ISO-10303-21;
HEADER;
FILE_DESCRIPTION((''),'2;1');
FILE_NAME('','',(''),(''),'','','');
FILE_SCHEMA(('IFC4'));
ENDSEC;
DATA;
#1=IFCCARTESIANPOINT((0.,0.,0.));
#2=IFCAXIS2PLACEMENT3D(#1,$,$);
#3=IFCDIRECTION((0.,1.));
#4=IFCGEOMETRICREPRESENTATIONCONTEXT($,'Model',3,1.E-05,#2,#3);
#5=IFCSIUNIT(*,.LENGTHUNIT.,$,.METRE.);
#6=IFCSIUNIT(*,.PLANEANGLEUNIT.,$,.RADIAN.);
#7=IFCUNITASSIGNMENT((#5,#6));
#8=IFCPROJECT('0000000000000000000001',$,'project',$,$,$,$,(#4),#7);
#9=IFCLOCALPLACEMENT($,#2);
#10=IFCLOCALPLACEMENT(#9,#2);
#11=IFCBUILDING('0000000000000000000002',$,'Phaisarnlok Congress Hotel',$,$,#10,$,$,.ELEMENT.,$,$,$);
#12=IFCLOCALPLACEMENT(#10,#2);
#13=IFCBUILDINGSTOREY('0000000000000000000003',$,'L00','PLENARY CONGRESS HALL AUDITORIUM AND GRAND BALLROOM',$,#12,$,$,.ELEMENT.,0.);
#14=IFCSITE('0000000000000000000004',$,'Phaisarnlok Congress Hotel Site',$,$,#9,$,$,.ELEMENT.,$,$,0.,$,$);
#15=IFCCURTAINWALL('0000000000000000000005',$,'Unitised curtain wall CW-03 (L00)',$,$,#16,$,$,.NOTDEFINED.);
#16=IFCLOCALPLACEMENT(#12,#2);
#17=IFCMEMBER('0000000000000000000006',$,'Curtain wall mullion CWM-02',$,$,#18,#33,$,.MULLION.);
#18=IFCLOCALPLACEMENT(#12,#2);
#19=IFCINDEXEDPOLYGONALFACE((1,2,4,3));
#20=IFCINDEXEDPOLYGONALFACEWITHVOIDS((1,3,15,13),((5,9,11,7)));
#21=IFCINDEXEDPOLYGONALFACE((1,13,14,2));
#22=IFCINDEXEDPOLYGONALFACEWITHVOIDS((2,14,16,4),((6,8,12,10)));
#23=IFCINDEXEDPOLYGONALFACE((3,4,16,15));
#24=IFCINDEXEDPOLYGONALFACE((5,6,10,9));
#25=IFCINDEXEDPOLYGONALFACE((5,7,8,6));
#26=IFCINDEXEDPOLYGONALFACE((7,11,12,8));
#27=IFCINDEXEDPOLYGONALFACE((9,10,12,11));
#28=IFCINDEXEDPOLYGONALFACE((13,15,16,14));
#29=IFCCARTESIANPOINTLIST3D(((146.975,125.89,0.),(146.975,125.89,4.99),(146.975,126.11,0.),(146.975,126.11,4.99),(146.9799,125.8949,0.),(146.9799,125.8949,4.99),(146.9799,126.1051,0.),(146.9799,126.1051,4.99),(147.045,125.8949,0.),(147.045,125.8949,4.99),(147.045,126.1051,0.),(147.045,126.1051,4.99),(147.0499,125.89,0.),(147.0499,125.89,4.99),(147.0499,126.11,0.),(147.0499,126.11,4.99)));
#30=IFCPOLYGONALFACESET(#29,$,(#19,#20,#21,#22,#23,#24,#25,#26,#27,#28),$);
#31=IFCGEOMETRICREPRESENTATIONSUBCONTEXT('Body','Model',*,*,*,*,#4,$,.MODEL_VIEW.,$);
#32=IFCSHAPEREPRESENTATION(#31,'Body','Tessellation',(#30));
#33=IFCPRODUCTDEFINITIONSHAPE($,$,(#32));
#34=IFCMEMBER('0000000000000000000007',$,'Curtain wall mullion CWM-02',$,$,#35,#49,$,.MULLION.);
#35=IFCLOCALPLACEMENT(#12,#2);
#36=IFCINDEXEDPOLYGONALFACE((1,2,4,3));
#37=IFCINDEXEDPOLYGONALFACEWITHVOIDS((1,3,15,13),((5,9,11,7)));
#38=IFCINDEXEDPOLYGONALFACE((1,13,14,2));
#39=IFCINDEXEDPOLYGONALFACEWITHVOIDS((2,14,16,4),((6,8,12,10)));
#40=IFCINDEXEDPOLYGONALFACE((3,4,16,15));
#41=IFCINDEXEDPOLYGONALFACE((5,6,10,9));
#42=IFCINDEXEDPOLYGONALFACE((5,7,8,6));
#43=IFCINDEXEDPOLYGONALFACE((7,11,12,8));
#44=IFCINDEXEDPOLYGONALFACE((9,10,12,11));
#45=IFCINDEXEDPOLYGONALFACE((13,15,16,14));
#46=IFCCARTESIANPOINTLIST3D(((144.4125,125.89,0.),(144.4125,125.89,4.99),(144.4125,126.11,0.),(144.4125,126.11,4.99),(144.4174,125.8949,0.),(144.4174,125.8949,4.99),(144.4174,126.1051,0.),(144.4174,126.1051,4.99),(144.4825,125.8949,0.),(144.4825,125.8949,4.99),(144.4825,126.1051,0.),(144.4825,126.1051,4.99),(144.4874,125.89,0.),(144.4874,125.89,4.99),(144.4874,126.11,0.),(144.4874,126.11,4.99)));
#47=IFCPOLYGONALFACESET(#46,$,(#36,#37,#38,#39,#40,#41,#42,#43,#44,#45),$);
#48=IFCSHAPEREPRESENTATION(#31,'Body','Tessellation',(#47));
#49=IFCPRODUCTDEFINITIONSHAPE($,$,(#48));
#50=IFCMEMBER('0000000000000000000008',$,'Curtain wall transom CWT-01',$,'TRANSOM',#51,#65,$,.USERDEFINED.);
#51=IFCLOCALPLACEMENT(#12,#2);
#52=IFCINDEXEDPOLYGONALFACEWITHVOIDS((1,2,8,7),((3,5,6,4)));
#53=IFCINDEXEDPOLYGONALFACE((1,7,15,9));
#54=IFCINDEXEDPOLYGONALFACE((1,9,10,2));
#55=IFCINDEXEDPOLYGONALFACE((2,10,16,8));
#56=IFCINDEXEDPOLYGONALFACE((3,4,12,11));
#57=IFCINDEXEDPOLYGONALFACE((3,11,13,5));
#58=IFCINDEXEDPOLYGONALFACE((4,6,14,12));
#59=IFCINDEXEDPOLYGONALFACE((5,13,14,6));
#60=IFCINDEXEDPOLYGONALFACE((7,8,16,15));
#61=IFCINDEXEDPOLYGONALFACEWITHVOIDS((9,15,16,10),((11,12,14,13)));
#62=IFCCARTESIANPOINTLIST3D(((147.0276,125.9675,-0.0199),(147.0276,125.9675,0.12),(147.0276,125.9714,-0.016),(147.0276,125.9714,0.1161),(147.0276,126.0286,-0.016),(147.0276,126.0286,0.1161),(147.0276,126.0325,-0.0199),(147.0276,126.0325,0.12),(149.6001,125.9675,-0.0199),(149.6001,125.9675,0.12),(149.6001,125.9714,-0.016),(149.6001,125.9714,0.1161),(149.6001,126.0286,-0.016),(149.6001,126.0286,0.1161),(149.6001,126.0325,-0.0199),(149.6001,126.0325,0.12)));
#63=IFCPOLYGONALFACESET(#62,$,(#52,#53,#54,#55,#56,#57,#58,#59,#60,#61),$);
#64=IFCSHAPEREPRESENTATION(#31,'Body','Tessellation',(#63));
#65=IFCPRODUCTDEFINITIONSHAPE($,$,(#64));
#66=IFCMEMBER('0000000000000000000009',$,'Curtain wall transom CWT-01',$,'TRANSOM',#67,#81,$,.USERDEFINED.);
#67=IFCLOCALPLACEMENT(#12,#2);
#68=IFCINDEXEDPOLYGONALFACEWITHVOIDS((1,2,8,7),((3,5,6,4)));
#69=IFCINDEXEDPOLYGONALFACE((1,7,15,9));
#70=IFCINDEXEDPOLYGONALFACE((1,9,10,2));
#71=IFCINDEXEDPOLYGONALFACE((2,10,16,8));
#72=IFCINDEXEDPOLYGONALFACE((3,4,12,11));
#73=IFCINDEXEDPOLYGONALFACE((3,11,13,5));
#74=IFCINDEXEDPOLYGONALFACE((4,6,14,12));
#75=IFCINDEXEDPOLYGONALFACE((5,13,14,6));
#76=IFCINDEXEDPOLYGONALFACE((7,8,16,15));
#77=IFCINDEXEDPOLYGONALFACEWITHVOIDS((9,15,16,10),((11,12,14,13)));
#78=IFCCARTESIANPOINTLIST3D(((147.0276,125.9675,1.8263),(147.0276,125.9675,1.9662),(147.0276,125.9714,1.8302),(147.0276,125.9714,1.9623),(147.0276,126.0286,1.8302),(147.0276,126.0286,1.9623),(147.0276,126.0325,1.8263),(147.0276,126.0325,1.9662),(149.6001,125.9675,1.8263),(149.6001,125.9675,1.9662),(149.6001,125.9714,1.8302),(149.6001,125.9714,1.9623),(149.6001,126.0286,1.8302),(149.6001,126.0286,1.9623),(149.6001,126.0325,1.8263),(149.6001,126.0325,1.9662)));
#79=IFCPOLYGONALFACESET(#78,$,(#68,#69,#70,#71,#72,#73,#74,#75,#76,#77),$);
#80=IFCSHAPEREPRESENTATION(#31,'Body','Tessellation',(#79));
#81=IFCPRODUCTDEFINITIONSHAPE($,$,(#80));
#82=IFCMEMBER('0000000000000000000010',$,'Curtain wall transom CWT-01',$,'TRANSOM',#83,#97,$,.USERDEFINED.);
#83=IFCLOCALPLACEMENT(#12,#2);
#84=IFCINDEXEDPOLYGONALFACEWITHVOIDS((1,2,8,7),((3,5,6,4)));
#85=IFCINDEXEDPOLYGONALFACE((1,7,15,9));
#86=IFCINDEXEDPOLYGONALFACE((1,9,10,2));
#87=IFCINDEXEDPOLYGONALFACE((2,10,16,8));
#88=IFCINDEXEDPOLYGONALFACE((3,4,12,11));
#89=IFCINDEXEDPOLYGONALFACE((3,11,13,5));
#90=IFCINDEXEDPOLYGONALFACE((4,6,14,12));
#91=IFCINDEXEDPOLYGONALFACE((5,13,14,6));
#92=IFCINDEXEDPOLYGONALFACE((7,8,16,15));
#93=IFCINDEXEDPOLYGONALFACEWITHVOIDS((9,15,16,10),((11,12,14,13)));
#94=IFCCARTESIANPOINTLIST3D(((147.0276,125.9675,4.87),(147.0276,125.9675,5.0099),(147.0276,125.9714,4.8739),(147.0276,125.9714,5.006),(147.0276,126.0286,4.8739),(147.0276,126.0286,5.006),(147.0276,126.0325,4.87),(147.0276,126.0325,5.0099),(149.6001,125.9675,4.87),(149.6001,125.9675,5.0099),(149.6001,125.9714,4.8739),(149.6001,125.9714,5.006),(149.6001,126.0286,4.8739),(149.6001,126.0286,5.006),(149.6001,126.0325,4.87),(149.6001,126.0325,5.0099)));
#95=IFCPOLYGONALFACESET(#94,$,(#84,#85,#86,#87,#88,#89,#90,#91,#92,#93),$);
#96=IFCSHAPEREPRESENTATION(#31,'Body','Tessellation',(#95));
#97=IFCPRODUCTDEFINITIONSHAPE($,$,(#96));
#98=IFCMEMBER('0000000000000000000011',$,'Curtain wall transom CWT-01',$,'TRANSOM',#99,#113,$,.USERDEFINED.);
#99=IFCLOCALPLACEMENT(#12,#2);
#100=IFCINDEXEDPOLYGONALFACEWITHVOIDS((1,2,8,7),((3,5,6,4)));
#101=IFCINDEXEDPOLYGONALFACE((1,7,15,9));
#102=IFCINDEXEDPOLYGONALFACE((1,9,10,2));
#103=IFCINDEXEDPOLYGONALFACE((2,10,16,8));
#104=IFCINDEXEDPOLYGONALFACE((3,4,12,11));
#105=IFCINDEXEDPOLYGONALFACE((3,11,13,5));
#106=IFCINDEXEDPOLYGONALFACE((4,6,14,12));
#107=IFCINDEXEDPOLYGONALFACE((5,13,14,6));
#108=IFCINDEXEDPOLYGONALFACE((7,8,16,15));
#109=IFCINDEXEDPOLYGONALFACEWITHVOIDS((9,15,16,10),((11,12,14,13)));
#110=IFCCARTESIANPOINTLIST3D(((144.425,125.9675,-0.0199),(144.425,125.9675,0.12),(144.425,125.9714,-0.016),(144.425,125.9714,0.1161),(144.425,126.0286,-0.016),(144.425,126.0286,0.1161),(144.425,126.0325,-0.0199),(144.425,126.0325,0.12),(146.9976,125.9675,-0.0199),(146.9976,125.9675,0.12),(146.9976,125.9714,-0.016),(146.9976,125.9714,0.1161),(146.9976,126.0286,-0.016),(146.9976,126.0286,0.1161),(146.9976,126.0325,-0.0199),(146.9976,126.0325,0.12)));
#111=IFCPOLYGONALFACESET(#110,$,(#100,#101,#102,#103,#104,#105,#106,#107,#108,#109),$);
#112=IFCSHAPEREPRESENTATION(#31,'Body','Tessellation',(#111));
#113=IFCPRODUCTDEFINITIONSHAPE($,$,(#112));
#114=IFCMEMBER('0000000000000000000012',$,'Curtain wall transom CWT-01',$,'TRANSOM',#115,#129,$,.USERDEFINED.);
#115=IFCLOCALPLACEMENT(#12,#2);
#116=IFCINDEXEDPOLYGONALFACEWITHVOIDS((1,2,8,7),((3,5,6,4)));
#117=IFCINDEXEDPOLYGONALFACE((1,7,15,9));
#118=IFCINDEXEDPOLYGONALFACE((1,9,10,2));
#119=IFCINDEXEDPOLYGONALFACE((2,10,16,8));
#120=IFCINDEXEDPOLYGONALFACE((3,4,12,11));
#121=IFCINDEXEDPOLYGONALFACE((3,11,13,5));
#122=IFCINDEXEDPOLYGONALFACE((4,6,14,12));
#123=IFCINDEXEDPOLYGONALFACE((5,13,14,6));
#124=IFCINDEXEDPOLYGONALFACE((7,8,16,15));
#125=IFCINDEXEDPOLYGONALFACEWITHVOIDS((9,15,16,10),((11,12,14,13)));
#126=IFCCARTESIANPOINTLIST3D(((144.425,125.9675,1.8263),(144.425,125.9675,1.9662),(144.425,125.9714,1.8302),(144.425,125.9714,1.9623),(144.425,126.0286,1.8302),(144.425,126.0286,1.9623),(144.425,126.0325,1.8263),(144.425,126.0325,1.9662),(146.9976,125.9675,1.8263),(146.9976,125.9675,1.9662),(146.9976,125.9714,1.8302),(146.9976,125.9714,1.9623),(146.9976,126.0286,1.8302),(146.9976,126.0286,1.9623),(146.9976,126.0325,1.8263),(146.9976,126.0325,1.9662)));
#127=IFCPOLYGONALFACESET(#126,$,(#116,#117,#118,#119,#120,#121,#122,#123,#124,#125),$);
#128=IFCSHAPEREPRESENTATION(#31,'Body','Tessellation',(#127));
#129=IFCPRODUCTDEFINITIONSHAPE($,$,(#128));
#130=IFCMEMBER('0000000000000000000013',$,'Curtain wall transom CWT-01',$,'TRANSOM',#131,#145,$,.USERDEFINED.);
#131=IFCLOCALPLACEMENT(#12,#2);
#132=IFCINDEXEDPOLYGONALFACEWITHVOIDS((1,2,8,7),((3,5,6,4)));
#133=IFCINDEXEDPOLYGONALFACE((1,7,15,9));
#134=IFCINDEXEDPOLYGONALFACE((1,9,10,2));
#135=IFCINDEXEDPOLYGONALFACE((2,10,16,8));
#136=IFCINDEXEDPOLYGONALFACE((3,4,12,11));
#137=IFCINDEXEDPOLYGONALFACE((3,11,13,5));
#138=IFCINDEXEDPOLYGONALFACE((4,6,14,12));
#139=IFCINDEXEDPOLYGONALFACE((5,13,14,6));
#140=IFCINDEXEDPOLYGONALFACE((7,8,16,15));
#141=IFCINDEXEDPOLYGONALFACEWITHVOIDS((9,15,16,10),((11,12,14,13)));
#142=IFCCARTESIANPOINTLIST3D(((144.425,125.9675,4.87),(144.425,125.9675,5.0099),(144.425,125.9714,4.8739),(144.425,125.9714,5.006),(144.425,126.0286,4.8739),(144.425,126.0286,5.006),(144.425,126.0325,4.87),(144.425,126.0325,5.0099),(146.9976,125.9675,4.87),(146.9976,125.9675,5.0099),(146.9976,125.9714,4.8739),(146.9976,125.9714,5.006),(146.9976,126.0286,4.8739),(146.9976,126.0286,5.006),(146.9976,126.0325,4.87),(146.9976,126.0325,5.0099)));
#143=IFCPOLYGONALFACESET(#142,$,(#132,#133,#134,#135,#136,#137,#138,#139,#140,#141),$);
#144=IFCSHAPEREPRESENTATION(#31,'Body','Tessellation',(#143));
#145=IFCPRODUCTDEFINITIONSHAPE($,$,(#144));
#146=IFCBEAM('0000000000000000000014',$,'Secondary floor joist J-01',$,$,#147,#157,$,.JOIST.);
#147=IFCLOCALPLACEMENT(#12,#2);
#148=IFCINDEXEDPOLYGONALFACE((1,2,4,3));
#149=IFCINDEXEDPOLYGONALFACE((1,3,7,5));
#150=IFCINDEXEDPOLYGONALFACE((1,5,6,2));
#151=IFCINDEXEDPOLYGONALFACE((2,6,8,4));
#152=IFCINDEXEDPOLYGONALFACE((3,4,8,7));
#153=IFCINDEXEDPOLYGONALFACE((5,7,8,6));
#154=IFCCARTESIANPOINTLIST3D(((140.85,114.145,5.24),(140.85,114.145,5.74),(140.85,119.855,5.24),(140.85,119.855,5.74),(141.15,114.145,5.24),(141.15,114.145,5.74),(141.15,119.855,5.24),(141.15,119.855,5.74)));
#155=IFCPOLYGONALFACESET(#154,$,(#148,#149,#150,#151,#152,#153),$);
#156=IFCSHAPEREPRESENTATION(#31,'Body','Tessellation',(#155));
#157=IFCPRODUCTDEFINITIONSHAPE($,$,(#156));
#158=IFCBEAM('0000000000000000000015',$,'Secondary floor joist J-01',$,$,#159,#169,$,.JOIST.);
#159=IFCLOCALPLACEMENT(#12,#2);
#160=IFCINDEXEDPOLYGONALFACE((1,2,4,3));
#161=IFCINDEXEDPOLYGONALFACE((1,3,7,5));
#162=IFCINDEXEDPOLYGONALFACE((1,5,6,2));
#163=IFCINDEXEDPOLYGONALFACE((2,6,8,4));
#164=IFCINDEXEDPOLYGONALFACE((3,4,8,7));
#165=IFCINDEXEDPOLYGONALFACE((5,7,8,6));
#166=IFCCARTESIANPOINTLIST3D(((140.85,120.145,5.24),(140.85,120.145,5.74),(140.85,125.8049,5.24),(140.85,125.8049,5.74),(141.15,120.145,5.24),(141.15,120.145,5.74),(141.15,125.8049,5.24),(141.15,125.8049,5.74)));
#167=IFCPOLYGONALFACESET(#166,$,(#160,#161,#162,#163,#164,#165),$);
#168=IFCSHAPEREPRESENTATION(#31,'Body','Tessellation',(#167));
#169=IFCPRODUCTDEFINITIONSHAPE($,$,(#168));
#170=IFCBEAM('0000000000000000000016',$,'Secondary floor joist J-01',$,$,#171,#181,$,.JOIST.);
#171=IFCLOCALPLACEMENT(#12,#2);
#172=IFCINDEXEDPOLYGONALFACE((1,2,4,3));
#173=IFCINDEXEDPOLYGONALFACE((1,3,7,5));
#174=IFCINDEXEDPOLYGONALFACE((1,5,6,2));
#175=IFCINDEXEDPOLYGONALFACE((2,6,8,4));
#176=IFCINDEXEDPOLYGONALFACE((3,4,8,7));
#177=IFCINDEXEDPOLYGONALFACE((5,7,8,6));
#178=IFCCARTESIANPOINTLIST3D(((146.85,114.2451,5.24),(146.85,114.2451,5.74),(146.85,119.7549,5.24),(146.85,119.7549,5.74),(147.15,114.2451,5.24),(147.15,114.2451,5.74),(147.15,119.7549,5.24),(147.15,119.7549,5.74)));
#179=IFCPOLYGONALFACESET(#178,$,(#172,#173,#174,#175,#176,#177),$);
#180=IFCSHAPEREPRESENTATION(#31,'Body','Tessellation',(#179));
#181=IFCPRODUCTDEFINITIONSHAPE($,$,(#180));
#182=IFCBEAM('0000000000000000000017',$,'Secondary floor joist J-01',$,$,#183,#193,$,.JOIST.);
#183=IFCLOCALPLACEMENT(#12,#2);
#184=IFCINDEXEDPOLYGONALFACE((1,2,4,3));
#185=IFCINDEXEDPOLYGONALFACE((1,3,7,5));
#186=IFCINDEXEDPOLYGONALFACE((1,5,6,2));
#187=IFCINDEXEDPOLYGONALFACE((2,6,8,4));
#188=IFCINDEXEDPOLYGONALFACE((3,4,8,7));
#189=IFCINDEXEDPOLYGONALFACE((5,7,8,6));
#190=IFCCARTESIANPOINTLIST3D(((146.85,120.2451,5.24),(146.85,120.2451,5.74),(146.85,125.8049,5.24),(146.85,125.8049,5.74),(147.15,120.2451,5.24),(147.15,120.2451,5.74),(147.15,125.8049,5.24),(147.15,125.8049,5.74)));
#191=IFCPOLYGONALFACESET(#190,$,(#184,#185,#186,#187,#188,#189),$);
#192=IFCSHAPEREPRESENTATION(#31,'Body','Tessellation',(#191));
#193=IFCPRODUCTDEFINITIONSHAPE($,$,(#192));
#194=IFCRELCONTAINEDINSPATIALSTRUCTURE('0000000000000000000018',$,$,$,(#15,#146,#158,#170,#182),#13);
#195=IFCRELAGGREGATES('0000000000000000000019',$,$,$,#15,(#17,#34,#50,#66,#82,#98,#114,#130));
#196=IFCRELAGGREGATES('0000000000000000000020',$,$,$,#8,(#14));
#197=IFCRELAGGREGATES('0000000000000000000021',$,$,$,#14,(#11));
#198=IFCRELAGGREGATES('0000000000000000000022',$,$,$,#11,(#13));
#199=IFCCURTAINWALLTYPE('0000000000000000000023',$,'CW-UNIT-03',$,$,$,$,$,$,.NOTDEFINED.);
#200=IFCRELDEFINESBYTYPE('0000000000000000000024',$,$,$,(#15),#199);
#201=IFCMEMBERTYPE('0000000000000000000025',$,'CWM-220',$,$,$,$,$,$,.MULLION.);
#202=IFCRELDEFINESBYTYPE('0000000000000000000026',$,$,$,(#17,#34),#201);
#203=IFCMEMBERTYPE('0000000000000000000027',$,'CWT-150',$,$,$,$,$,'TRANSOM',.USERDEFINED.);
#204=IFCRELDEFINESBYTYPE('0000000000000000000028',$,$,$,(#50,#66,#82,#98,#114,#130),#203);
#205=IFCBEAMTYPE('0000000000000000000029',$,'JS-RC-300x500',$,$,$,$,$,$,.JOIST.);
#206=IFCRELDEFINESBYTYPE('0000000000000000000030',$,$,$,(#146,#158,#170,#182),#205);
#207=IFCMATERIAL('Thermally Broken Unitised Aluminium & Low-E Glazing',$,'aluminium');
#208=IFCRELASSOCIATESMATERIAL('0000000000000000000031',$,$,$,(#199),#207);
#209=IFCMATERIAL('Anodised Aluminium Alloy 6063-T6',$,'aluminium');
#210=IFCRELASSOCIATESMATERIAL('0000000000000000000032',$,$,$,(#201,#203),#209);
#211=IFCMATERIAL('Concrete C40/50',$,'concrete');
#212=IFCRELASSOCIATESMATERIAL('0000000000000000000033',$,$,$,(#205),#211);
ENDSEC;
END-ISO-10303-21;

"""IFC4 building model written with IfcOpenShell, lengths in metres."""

from ifc_helpers import new_model, si_unit, direction, frame, origin, origin_2d, place, context, subcontext, project, spatial, rectangle, hollow_rectangle, extrude, material, material_profile, profile_set, type_object, element, aggregate, save


model = new_model("IFC4")

# Units and contexts
model_context = context("Model", 3, precision=1e-05, world=origin(), true_north=direction((0.0, 1.0)))
body_context = subcontext(model_context, "Body", "Model", "MODEL_VIEW")
ifc_project = project(units=[si_unit("LENGTHUNIT", "METRE"), si_unit("PLANEANGLEUNIT", "RADIAN")], contexts=[model_context])

# Site, building, storey
site_placement = place(None, origin())
site = spatial("IfcSite", under=ifc_project, at=site_placement, Name="Phaisarnlok Congress Hotel Site", CompositionType="ELEMENT", RefElevation=0.0)
building_placement = place(site_placement, origin())
building = spatial("IfcBuilding", under=site, at=building_placement, Name="Phaisarnlok Congress Hotel", CompositionType="ELEMENT")
storey_placement = place(building_placement, origin())
storey = spatial("IfcBuildingStorey", under=building, at=storey_placement, Name="L00", Description="PLENARY CONGRESS HALL AUDITORIUM AND GRAND BALLROOM", CompositionType="ELEMENT", Elevation=0.0)

# Shared definitions
ifc_material_1 = material(Name="Concrete C40/50", Category="concrete")

# Curtain wall, members
ifc_material_2 = material(Name="Thermally Broken Unitised Aluminium & Low-E Glazing", Category="aluminium")
curtain_wall_type = type_object("IfcCurtainWallType", Name="CW-UNIT-03", PredefinedType="NOTDEFINED", material=ifc_material_2)
curtain_wall_placement = place(storey_placement, origin())
curtain_wall = element("IfcCurtainWall", 1, at=curtain_wall_placement, inside=storey, type_object=curtain_wall_type, Name="Unitised curtain wall CW-03 (L00)", PredefinedType="NOTDEFINED")
ifc_material_3 = material(Name="Anodised Aluminium Alloy 6063-T6", Category="aluminium")
ifc_material_profile_1 = material_profile(ifc_material_3, hollow_rectangle(XDim=0.075, YDim=0.22, WallThickness=0.0049, at=origin_2d()), Name="ALU-M 75x220x5")
ifc_profile_set_1 = profile_set([ifc_material_profile_1], Name="Anodised Aluminium Alloy 6063-T6")
member_type_1 = type_object("IfcMemberType", Name="CWM-220", PredefinedType="MULLION", material=ifc_profile_set_1)
member_1_placement = place(storey_placement, frame((147.0125, 126.0, 0.0), z_axis=(0.0, 0.0, 1.0), x_axis=(-1.0, 0.0, 0.0)))
member_1 = element("IfcMember", 2, at=member_1_placement, type_object=member_type_1, Name="Curtain wall mullion CWM-02", PredefinedType="MULLION", context=body_context, shape_type="SweptSolid", body=[
    extrude(hollow_rectangle(XDim=0.075, YDim=0.22, WallThickness=0.0049, at=origin_2d()), origin(), (0.0, 0.0, 1.0), 4.99),
])
member_2_placement = place(storey_placement, frame((144.45, 126.0, 0.0), z_axis=(0.0, 0.0, 1.0), x_axis=(-1.0, 0.0, 0.0)))
member_2 = element("IfcMember", 3, at=member_2_placement, type_object=member_type_1, Name="Curtain wall mullion CWM-02", PredefinedType="MULLION", context=body_context, shape_type="SweptSolid", body=[
    extrude(hollow_rectangle(XDim=0.075, YDim=0.22, WallThickness=0.0049, at=origin_2d()), origin(), (0.0, 0.0, 1.0), 4.99),
])
ifc_material_profile_2 = material_profile(ifc_material_3, hollow_rectangle(XDim=0.0649, YDim=0.1399, WallThickness=0.0039, at=origin_2d()), Name="ALU-T 65x140x4")
ifc_profile_set_2 = profile_set([ifc_material_profile_2], Name="Anodised Aluminium Alloy 6063-T6")
member_type_2 = type_object("IfcMemberType", Name="CWT-150", ElementType="TRANSOM", PredefinedType="USERDEFINED", material=ifc_profile_set_2)
member_3_placement = place(storey_placement, frame((149.6001, 126.0, 0.05), z_axis=(-1.0, 0.0, 0.0), x_axis=(0.0, -1.0, 0.0)))
member_3 = element("IfcMember", 4, at=member_3_placement, type_object=member_type_2, Name="Curtain wall transom CWT-01", ObjectType="TRANSOM", PredefinedType="USERDEFINED", context=body_context, shape_type="SweptSolid", body=[
    extrude(hollow_rectangle(XDim=0.0649, YDim=0.1399, WallThickness=0.0039, at=origin_2d()), origin(), (0.0, 0.0, 1.0), 2.5725),
])
member_4_placement = place(storey_placement, frame((149.6001, 126.0, 1.8962), z_axis=(-1.0, 0.0, 0.0), x_axis=(0.0, -1.0, 0.0)))
member_4 = element("IfcMember", 5, at=member_4_placement, type_object=member_type_2, Name="Curtain wall transom CWT-01", ObjectType="TRANSOM", PredefinedType="USERDEFINED", context=body_context, shape_type="SweptSolid", body=[
    extrude(hollow_rectangle(XDim=0.0649, YDim=0.1399, WallThickness=0.0039, at=origin_2d()), origin(), (0.0, 0.0, 1.0), 2.5725),
])
member_5_placement = place(storey_placement, frame((149.6001, 126.0, 4.9399), z_axis=(-1.0, 0.0, 0.0), x_axis=(0.0, -1.0, 0.0)))
member_5 = element("IfcMember", 6, at=member_5_placement, type_object=member_type_2, Name="Curtain wall transom CWT-01", ObjectType="TRANSOM", PredefinedType="USERDEFINED", context=body_context, shape_type="SweptSolid", body=[
    extrude(hollow_rectangle(XDim=0.0649, YDim=0.1399, WallThickness=0.0039, at=origin_2d()), origin(), (0.0, 0.0, 1.0), 2.5725),
])
member_6_placement = place(storey_placement, frame((146.9976, 126.0, 0.05), z_axis=(-1.0, 0.0, 0.0), x_axis=(0.0, -1.0, 0.0)))
member_6 = element("IfcMember", 7, at=member_6_placement, type_object=member_type_2, Name="Curtain wall transom CWT-01", ObjectType="TRANSOM", PredefinedType="USERDEFINED", context=body_context, shape_type="SweptSolid", body=[
    extrude(hollow_rectangle(XDim=0.0649, YDim=0.1399, WallThickness=0.0039, at=origin_2d()), origin(), (0.0, 0.0, 1.0), 2.5725),
])
member_7_placement = place(storey_placement, frame((146.9976, 126.0, 1.8962), z_axis=(-1.0, 0.0, 0.0), x_axis=(0.0, -1.0, 0.0)))
member_7 = element("IfcMember", 8, at=member_7_placement, type_object=member_type_2, Name="Curtain wall transom CWT-01", ObjectType="TRANSOM", PredefinedType="USERDEFINED", context=body_context, shape_type="SweptSolid", body=[
    extrude(hollow_rectangle(XDim=0.0649, YDim=0.1399, WallThickness=0.0039, at=origin_2d()), origin(), (0.0, 0.0, 1.0), 2.5725),
])
member_8_placement = place(storey_placement, frame((146.9976, 126.0, 4.9399), z_axis=(-1.0, 0.0, 0.0), x_axis=(0.0, -1.0, 0.0)))
member_8 = element("IfcMember", 9, at=member_8_placement, type_object=member_type_2, Name="Curtain wall transom CWT-01", ObjectType="TRANSOM", PredefinedType="USERDEFINED", context=body_context, shape_type="SweptSolid", body=[
    extrude(hollow_rectangle(XDim=0.0649, YDim=0.1399, WallThickness=0.0039, at=origin_2d()), origin(), (0.0, 0.0, 1.0), 2.5725),
])

# Beams
ifc_material_profile_3 = material_profile(ifc_material_1, rectangle(XDim=0.3, YDim=0.5, at=origin_2d()), Name="RC 300x500")
ifc_profile_set_3 = profile_set([ifc_material_profile_3], Name="Concrete C40/50")
beam_type_1 = type_object("IfcBeamType", Name="JS-RC-300x500", PredefinedType="JOIST", material=ifc_profile_set_3)
beam_1_placement = place(storey_placement, frame((141.0, 114.145, 5.49), z_axis=(0.0, 1.0, 0.0), x_axis=(-1.0, 0.0, 0.0)))
element("IfcBeam", 10, at=beam_1_placement, inside=storey, type_object=beam_type_1, Name="Secondary floor joist J-01", PredefinedType="JOIST", context=body_context, shape_type="SweptSolid", body=[
    extrude(rectangle(XDim=0.3, YDim=0.5, at=origin_2d()), origin(), (0.0, 0.0, 1.0), 5.71),
])
beam_2_placement = place(storey_placement, frame((141.0, 120.145, 5.49), z_axis=(0.0, 1.0, 0.0), x_axis=(-1.0, 0.0, 0.0)))
element("IfcBeam", 11, at=beam_2_placement, inside=storey, type_object=beam_type_1, Name="Secondary floor joist J-01", PredefinedType="JOIST", context=body_context, shape_type="SweptSolid", body=[
    extrude(rectangle(XDim=0.3, YDim=0.5, at=origin_2d()), origin(), (0.0, 0.0, 1.0), 5.6599),
])
beam_3_placement = place(storey_placement, frame((147.0, 114.2451, 5.49), z_axis=(0.0, 1.0, 0.0), x_axis=(-1.0, 0.0, 0.0)))
element("IfcBeam", 12, at=beam_3_placement, inside=storey, type_object=beam_type_1, Name="Secondary floor joist J-01", PredefinedType="JOIST", context=body_context, shape_type="SweptSolid", body=[
    extrude(rectangle(XDim=0.3, YDim=0.5, at=origin_2d()), origin(), (0.0, 0.0, 1.0), 5.5098),
])
beam_4_placement = place(storey_placement, frame((147.0, 120.2451, 5.49), z_axis=(0.0, 1.0, 0.0), x_axis=(-1.0, 0.0, 0.0)))
element("IfcBeam", 13, at=beam_4_placement, inside=storey, type_object=beam_type_1, Name="Secondary floor joist J-01", PredefinedType="JOIST", context=body_context, shape_type="SweptSolid", body=[
    extrude(rectangle(XDim=0.3, YDim=0.5, at=origin_2d()), origin(), (0.0, 0.0, 1.0), 5.5598),
])

aggregate(curtain_wall, [member_1, member_2, member_3, member_4, member_5, member_6, member_7, member_8])

save(model, "model.ifc")
